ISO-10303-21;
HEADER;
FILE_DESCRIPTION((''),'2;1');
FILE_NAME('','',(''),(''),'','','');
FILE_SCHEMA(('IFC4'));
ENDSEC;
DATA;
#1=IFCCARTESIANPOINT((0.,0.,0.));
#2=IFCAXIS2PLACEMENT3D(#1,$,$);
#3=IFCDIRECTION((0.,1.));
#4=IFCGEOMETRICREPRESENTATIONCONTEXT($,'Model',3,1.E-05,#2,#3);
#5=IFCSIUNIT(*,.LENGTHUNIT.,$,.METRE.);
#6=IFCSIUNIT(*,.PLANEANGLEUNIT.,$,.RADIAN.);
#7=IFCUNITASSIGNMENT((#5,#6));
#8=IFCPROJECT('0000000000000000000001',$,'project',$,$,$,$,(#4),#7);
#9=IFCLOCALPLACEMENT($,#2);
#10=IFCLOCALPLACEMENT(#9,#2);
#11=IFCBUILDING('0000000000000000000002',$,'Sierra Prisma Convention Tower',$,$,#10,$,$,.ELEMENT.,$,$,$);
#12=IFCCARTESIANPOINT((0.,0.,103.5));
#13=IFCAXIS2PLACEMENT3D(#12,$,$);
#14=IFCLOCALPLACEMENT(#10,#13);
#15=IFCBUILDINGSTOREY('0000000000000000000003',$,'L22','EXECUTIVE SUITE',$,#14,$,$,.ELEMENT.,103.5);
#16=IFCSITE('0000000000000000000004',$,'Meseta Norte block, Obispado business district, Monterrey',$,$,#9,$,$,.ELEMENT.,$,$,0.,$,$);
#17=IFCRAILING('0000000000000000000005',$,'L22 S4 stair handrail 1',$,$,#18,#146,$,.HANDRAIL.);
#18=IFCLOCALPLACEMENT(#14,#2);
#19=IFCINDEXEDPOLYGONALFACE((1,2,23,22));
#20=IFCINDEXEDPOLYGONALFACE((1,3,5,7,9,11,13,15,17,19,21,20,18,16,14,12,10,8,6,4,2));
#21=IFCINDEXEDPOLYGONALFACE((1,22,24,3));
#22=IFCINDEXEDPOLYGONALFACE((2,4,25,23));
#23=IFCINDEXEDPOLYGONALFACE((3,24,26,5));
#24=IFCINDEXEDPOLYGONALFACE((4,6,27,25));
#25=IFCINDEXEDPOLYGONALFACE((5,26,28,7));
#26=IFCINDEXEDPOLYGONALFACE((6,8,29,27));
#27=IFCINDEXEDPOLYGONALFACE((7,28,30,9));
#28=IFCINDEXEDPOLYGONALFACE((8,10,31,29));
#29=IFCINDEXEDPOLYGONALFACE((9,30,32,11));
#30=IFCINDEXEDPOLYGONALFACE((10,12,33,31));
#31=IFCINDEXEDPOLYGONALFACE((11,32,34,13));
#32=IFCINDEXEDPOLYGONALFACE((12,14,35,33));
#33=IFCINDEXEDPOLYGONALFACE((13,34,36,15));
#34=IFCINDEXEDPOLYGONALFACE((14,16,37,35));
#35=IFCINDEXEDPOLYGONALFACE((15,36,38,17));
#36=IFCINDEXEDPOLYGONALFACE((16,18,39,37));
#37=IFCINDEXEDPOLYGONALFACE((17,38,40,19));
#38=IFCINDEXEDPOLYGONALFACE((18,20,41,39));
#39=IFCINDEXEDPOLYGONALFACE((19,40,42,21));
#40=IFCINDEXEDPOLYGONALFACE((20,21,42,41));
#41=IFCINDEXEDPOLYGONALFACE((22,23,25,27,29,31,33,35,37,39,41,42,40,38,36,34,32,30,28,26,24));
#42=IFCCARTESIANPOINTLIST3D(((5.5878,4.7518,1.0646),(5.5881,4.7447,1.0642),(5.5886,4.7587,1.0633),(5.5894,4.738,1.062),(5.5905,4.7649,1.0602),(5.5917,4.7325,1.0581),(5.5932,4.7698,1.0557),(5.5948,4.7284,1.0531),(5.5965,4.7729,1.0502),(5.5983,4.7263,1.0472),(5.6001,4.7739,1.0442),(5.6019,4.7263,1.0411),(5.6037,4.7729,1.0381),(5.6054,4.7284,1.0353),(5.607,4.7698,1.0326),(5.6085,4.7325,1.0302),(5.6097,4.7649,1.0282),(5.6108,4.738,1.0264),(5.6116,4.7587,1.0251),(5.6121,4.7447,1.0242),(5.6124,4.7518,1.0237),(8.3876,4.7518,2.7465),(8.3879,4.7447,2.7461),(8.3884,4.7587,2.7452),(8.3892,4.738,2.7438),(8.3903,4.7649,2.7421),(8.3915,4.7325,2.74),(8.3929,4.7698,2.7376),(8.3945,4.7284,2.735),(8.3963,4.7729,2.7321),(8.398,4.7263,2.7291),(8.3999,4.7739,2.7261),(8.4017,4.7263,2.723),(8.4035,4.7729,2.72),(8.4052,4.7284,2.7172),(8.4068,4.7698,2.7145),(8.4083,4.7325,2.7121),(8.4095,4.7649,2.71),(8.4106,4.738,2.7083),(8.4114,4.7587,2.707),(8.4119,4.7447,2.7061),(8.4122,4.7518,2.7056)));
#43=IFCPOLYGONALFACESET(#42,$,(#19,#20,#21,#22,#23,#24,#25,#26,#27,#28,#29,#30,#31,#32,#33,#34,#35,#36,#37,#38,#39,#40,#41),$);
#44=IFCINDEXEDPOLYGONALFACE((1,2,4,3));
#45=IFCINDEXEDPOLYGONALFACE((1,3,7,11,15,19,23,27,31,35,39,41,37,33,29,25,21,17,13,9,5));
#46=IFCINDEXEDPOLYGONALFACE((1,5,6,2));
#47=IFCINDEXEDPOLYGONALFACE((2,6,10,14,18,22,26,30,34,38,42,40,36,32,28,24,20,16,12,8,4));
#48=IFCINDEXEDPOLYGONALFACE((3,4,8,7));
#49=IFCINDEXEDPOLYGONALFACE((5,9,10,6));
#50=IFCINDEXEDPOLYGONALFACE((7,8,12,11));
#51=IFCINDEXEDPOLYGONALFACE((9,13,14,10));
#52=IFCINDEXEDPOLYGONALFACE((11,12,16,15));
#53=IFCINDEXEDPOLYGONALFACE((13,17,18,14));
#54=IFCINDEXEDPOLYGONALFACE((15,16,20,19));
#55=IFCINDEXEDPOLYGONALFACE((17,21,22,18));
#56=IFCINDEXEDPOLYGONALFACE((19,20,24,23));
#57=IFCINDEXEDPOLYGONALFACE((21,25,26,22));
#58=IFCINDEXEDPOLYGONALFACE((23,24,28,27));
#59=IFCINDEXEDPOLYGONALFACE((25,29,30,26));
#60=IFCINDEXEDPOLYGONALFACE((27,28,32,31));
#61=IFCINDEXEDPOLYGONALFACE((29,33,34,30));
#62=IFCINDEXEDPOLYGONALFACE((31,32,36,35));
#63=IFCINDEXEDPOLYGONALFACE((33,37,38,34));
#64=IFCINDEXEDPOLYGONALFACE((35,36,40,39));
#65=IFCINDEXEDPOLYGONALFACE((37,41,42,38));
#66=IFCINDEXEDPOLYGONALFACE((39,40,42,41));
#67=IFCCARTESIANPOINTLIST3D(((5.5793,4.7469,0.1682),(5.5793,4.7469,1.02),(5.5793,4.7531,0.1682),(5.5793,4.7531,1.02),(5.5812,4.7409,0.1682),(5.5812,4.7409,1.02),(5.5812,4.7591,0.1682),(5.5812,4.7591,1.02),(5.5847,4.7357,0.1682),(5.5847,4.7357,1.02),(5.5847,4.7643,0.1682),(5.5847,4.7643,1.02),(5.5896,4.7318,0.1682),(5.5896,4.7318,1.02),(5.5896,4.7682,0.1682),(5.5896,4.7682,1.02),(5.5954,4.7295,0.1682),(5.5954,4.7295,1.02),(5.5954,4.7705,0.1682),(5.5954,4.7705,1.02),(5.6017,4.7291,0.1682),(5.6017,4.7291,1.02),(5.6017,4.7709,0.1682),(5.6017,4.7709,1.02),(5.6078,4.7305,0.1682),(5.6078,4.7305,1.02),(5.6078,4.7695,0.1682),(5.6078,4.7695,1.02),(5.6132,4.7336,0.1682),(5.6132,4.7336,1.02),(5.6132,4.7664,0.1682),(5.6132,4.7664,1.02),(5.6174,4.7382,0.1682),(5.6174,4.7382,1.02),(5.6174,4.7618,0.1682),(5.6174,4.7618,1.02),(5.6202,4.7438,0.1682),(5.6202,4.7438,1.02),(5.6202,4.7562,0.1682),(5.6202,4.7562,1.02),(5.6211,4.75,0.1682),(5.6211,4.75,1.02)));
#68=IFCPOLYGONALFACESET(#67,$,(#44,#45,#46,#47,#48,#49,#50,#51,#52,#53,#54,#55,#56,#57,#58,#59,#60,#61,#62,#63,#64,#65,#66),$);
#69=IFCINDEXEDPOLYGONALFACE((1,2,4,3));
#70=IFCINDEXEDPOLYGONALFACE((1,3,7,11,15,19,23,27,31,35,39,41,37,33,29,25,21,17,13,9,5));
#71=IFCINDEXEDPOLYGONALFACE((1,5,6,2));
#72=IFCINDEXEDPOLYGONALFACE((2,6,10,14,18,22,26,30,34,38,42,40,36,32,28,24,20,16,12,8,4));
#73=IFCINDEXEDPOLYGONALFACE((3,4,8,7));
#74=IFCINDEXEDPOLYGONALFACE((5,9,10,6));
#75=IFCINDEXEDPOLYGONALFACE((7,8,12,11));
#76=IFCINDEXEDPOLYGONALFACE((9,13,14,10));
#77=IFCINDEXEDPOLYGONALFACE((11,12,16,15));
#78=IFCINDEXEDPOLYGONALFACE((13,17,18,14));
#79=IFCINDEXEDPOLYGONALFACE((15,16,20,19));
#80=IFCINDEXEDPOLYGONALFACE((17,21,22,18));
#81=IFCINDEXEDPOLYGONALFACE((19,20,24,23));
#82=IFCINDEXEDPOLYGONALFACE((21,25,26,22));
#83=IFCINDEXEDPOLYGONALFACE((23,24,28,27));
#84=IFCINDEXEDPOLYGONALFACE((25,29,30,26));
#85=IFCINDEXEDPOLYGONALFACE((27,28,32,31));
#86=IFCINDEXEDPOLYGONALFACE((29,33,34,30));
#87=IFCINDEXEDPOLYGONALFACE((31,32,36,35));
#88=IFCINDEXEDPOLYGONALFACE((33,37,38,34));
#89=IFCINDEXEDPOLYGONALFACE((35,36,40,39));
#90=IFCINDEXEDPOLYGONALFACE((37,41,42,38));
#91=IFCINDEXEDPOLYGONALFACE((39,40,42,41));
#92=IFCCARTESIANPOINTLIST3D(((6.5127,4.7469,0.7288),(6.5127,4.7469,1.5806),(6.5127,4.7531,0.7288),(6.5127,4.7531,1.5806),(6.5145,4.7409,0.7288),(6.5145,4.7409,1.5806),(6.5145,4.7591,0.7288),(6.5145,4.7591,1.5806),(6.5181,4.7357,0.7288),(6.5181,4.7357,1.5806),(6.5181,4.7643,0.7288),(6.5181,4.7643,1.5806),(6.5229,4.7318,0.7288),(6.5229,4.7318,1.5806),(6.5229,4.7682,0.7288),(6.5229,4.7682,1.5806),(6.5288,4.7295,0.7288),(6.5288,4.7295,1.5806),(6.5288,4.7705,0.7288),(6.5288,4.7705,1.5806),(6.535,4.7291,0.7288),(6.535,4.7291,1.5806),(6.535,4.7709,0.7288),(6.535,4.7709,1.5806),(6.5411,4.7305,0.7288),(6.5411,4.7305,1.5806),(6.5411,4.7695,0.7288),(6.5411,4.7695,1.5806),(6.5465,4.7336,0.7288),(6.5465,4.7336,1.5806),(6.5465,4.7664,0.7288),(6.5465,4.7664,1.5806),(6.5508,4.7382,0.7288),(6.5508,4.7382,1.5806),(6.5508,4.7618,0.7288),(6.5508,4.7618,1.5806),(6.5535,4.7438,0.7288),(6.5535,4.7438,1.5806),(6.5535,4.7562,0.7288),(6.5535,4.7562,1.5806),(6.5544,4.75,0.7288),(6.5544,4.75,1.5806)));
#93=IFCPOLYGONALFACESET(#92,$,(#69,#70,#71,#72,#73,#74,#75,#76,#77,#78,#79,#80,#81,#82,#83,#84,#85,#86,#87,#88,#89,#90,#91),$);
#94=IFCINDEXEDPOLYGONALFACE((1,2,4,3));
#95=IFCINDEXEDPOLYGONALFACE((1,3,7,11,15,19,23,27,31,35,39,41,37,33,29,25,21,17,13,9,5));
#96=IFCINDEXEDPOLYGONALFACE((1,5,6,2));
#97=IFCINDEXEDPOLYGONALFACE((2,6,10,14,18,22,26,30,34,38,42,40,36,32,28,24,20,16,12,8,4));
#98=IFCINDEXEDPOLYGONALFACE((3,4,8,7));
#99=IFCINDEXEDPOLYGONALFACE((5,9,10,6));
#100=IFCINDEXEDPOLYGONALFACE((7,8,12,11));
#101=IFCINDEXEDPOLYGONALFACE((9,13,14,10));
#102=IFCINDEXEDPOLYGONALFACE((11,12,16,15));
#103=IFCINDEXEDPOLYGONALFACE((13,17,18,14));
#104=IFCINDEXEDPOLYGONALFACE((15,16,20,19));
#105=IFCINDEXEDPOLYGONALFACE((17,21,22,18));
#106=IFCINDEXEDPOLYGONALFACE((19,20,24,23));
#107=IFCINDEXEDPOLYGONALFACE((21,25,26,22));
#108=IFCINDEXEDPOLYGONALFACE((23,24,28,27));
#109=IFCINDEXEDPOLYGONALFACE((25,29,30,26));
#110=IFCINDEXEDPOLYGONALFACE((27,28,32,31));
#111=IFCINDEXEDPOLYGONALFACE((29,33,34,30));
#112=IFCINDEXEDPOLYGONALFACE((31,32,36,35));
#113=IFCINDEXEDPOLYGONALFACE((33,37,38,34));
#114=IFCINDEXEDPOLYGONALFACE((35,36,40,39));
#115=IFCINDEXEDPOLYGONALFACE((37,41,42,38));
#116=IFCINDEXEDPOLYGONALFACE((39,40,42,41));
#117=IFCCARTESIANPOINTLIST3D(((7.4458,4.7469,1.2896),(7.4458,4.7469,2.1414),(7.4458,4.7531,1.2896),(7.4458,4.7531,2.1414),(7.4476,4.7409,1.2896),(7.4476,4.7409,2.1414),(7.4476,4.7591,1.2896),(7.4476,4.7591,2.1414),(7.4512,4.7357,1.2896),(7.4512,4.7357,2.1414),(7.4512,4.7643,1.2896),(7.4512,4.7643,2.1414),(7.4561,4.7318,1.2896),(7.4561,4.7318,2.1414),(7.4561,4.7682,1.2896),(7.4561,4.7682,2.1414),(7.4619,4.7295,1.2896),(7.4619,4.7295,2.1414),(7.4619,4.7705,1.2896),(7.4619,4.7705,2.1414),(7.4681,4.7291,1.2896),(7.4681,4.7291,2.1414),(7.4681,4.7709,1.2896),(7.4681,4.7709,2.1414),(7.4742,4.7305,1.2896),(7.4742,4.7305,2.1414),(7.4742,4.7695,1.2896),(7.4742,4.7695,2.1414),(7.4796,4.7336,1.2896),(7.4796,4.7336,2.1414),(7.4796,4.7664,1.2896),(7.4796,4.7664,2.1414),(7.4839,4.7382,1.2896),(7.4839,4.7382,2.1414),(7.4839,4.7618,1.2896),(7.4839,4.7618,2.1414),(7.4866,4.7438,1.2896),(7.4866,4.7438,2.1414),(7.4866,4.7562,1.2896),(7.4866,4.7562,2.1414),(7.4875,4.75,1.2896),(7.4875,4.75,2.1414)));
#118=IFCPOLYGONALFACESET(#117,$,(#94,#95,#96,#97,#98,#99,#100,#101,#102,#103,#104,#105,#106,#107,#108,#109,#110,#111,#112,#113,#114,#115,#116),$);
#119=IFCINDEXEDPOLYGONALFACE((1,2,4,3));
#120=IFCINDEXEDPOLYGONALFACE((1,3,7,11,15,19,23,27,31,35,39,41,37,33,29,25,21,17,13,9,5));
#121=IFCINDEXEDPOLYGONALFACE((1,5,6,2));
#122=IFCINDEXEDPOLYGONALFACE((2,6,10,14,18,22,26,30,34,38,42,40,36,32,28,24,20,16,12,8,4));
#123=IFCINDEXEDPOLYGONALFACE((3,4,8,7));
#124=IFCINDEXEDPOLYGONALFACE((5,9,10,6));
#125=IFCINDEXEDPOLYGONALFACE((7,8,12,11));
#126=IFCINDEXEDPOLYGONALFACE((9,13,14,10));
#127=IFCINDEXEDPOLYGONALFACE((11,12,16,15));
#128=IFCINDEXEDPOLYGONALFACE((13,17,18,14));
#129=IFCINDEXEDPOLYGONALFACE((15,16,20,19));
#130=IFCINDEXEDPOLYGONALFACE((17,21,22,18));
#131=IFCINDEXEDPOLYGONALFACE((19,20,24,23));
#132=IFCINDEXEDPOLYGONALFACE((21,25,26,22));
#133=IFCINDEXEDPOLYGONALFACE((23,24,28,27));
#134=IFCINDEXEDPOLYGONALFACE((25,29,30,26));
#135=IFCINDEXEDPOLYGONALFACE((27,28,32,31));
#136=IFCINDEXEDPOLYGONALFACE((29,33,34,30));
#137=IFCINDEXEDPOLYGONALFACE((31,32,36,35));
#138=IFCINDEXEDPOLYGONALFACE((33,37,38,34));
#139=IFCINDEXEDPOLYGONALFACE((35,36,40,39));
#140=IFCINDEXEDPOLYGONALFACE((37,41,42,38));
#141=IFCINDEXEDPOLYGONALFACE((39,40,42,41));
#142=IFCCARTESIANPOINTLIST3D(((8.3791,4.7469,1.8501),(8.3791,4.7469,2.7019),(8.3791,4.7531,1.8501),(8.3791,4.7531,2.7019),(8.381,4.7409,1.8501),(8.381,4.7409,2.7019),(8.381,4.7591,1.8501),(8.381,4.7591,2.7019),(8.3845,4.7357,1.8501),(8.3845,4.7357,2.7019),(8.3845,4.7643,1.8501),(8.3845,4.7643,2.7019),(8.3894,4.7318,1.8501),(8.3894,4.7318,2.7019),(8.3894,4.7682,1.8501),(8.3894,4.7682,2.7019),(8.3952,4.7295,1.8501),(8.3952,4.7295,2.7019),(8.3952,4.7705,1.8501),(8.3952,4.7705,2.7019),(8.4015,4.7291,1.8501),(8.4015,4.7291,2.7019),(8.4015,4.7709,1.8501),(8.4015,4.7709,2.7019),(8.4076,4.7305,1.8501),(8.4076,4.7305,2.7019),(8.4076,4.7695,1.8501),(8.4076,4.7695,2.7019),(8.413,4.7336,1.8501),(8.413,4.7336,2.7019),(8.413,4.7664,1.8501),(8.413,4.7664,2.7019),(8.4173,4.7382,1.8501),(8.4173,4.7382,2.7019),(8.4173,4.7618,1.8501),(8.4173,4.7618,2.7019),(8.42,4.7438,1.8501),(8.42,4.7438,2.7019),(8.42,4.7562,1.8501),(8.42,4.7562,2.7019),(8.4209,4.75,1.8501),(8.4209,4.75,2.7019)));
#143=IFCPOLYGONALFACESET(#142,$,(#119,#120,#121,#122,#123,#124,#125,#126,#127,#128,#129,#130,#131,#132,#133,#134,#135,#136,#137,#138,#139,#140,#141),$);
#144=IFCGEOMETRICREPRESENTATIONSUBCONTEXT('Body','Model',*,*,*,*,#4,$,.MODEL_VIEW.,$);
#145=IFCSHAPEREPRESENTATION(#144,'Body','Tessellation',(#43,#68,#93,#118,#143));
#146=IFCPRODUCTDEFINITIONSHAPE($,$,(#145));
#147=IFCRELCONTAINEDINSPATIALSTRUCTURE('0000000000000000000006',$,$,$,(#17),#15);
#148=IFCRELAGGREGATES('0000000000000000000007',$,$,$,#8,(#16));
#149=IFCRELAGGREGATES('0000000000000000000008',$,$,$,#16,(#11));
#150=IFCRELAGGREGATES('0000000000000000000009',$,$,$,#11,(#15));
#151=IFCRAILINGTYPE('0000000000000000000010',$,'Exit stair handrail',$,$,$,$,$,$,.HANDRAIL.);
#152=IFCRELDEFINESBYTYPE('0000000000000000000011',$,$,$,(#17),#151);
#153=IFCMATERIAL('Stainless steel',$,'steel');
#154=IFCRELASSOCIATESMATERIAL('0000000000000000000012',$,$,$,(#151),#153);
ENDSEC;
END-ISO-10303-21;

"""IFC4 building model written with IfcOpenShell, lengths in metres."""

from ifc_helpers import new_model, si_unit, direction, frame, origin, origin_2d, place, context, subcontext, project, spatial, circle, extrude, material, type_object, element, save


model = new_model("IFC4")

# Units and contexts
model_context = context("Model", 3, precision=1e-05, world=origin(), true_north=direction((0.0, 1.0)))
body_context = subcontext(model_context, "Body", "Model", "MODEL_VIEW")
ifc_project = project(units=[si_unit("LENGTHUNIT", "METRE"), si_unit("PLANEANGLEUNIT", "RADIAN")], contexts=[model_context])

# Site, building, storey
site_placement = place(None, origin())
site = spatial("IfcSite", under=ifc_project, at=site_placement, Name="Meseta Norte block, Obispado business district, Monterrey", CompositionType="ELEMENT", RefElevation=0.0)
building_placement = place(site_placement, origin())
building = spatial("IfcBuilding", under=site, at=building_placement, Name="Sierra Prisma Convention Tower", CompositionType="ELEMENT")
storey_placement = place(building_placement, frame((0.0, 0.0, 103.5)))
storey = spatial("IfcBuildingStorey", under=building, at=storey_placement, Name="L22", Description="EXECUTIVE SUITE", CompositionType="ELEMENT", Elevation=103.5)

# Railing
ifc_material_1 = material(Name="Stainless steel", Category="steel")
railing_type_1 = type_object("IfcRailingType", Name="Exit stair handrail", PredefinedType="HANDRAIL", material=ifc_material_1)
railing_1_placement = place(storey_placement, frame((5.6001, 4.75, 0.1682)))
element("IfcRailing", 1, at=railing_1_placement, inside=storey, type_object=railing_type_1, Name="L22 S4 stair handrail 1", PredefinedType="HANDRAIL", context=body_context, shape_type="SweptSolid", body=[
    extrude(circle(Radius=0.0239, at=origin_2d()), frame((0.0, 0.0, 0.876), z_axis=(0.857222, 0.0, 0.514946), x_axis=(0.0, 1.0, 0.0)), (0.0, 0.0, 1.0), 3.2661),
    extrude(circle(Radius=0.021, at=origin_2d()), origin(), (0.0, 0.0, 1.0), 0.8518),
    extrude(circle(Radius=0.021, at=origin_2d()), frame((0.9333, 0.0, 0.5605)), (0.0, 0.0, 1.0), 0.8518),
    extrude(circle(Radius=0.021, at=origin_2d()), frame((1.8665, 0.0, 1.1213)), (0.0, 0.0, 1.0), 0.8518),
    extrude(circle(Radius=0.021, at=origin_2d()), frame((2.7998, 0.0, 1.6819)), (0.0, 0.0, 1.0), 0.8518),
])

save(model, "model.ifc")
